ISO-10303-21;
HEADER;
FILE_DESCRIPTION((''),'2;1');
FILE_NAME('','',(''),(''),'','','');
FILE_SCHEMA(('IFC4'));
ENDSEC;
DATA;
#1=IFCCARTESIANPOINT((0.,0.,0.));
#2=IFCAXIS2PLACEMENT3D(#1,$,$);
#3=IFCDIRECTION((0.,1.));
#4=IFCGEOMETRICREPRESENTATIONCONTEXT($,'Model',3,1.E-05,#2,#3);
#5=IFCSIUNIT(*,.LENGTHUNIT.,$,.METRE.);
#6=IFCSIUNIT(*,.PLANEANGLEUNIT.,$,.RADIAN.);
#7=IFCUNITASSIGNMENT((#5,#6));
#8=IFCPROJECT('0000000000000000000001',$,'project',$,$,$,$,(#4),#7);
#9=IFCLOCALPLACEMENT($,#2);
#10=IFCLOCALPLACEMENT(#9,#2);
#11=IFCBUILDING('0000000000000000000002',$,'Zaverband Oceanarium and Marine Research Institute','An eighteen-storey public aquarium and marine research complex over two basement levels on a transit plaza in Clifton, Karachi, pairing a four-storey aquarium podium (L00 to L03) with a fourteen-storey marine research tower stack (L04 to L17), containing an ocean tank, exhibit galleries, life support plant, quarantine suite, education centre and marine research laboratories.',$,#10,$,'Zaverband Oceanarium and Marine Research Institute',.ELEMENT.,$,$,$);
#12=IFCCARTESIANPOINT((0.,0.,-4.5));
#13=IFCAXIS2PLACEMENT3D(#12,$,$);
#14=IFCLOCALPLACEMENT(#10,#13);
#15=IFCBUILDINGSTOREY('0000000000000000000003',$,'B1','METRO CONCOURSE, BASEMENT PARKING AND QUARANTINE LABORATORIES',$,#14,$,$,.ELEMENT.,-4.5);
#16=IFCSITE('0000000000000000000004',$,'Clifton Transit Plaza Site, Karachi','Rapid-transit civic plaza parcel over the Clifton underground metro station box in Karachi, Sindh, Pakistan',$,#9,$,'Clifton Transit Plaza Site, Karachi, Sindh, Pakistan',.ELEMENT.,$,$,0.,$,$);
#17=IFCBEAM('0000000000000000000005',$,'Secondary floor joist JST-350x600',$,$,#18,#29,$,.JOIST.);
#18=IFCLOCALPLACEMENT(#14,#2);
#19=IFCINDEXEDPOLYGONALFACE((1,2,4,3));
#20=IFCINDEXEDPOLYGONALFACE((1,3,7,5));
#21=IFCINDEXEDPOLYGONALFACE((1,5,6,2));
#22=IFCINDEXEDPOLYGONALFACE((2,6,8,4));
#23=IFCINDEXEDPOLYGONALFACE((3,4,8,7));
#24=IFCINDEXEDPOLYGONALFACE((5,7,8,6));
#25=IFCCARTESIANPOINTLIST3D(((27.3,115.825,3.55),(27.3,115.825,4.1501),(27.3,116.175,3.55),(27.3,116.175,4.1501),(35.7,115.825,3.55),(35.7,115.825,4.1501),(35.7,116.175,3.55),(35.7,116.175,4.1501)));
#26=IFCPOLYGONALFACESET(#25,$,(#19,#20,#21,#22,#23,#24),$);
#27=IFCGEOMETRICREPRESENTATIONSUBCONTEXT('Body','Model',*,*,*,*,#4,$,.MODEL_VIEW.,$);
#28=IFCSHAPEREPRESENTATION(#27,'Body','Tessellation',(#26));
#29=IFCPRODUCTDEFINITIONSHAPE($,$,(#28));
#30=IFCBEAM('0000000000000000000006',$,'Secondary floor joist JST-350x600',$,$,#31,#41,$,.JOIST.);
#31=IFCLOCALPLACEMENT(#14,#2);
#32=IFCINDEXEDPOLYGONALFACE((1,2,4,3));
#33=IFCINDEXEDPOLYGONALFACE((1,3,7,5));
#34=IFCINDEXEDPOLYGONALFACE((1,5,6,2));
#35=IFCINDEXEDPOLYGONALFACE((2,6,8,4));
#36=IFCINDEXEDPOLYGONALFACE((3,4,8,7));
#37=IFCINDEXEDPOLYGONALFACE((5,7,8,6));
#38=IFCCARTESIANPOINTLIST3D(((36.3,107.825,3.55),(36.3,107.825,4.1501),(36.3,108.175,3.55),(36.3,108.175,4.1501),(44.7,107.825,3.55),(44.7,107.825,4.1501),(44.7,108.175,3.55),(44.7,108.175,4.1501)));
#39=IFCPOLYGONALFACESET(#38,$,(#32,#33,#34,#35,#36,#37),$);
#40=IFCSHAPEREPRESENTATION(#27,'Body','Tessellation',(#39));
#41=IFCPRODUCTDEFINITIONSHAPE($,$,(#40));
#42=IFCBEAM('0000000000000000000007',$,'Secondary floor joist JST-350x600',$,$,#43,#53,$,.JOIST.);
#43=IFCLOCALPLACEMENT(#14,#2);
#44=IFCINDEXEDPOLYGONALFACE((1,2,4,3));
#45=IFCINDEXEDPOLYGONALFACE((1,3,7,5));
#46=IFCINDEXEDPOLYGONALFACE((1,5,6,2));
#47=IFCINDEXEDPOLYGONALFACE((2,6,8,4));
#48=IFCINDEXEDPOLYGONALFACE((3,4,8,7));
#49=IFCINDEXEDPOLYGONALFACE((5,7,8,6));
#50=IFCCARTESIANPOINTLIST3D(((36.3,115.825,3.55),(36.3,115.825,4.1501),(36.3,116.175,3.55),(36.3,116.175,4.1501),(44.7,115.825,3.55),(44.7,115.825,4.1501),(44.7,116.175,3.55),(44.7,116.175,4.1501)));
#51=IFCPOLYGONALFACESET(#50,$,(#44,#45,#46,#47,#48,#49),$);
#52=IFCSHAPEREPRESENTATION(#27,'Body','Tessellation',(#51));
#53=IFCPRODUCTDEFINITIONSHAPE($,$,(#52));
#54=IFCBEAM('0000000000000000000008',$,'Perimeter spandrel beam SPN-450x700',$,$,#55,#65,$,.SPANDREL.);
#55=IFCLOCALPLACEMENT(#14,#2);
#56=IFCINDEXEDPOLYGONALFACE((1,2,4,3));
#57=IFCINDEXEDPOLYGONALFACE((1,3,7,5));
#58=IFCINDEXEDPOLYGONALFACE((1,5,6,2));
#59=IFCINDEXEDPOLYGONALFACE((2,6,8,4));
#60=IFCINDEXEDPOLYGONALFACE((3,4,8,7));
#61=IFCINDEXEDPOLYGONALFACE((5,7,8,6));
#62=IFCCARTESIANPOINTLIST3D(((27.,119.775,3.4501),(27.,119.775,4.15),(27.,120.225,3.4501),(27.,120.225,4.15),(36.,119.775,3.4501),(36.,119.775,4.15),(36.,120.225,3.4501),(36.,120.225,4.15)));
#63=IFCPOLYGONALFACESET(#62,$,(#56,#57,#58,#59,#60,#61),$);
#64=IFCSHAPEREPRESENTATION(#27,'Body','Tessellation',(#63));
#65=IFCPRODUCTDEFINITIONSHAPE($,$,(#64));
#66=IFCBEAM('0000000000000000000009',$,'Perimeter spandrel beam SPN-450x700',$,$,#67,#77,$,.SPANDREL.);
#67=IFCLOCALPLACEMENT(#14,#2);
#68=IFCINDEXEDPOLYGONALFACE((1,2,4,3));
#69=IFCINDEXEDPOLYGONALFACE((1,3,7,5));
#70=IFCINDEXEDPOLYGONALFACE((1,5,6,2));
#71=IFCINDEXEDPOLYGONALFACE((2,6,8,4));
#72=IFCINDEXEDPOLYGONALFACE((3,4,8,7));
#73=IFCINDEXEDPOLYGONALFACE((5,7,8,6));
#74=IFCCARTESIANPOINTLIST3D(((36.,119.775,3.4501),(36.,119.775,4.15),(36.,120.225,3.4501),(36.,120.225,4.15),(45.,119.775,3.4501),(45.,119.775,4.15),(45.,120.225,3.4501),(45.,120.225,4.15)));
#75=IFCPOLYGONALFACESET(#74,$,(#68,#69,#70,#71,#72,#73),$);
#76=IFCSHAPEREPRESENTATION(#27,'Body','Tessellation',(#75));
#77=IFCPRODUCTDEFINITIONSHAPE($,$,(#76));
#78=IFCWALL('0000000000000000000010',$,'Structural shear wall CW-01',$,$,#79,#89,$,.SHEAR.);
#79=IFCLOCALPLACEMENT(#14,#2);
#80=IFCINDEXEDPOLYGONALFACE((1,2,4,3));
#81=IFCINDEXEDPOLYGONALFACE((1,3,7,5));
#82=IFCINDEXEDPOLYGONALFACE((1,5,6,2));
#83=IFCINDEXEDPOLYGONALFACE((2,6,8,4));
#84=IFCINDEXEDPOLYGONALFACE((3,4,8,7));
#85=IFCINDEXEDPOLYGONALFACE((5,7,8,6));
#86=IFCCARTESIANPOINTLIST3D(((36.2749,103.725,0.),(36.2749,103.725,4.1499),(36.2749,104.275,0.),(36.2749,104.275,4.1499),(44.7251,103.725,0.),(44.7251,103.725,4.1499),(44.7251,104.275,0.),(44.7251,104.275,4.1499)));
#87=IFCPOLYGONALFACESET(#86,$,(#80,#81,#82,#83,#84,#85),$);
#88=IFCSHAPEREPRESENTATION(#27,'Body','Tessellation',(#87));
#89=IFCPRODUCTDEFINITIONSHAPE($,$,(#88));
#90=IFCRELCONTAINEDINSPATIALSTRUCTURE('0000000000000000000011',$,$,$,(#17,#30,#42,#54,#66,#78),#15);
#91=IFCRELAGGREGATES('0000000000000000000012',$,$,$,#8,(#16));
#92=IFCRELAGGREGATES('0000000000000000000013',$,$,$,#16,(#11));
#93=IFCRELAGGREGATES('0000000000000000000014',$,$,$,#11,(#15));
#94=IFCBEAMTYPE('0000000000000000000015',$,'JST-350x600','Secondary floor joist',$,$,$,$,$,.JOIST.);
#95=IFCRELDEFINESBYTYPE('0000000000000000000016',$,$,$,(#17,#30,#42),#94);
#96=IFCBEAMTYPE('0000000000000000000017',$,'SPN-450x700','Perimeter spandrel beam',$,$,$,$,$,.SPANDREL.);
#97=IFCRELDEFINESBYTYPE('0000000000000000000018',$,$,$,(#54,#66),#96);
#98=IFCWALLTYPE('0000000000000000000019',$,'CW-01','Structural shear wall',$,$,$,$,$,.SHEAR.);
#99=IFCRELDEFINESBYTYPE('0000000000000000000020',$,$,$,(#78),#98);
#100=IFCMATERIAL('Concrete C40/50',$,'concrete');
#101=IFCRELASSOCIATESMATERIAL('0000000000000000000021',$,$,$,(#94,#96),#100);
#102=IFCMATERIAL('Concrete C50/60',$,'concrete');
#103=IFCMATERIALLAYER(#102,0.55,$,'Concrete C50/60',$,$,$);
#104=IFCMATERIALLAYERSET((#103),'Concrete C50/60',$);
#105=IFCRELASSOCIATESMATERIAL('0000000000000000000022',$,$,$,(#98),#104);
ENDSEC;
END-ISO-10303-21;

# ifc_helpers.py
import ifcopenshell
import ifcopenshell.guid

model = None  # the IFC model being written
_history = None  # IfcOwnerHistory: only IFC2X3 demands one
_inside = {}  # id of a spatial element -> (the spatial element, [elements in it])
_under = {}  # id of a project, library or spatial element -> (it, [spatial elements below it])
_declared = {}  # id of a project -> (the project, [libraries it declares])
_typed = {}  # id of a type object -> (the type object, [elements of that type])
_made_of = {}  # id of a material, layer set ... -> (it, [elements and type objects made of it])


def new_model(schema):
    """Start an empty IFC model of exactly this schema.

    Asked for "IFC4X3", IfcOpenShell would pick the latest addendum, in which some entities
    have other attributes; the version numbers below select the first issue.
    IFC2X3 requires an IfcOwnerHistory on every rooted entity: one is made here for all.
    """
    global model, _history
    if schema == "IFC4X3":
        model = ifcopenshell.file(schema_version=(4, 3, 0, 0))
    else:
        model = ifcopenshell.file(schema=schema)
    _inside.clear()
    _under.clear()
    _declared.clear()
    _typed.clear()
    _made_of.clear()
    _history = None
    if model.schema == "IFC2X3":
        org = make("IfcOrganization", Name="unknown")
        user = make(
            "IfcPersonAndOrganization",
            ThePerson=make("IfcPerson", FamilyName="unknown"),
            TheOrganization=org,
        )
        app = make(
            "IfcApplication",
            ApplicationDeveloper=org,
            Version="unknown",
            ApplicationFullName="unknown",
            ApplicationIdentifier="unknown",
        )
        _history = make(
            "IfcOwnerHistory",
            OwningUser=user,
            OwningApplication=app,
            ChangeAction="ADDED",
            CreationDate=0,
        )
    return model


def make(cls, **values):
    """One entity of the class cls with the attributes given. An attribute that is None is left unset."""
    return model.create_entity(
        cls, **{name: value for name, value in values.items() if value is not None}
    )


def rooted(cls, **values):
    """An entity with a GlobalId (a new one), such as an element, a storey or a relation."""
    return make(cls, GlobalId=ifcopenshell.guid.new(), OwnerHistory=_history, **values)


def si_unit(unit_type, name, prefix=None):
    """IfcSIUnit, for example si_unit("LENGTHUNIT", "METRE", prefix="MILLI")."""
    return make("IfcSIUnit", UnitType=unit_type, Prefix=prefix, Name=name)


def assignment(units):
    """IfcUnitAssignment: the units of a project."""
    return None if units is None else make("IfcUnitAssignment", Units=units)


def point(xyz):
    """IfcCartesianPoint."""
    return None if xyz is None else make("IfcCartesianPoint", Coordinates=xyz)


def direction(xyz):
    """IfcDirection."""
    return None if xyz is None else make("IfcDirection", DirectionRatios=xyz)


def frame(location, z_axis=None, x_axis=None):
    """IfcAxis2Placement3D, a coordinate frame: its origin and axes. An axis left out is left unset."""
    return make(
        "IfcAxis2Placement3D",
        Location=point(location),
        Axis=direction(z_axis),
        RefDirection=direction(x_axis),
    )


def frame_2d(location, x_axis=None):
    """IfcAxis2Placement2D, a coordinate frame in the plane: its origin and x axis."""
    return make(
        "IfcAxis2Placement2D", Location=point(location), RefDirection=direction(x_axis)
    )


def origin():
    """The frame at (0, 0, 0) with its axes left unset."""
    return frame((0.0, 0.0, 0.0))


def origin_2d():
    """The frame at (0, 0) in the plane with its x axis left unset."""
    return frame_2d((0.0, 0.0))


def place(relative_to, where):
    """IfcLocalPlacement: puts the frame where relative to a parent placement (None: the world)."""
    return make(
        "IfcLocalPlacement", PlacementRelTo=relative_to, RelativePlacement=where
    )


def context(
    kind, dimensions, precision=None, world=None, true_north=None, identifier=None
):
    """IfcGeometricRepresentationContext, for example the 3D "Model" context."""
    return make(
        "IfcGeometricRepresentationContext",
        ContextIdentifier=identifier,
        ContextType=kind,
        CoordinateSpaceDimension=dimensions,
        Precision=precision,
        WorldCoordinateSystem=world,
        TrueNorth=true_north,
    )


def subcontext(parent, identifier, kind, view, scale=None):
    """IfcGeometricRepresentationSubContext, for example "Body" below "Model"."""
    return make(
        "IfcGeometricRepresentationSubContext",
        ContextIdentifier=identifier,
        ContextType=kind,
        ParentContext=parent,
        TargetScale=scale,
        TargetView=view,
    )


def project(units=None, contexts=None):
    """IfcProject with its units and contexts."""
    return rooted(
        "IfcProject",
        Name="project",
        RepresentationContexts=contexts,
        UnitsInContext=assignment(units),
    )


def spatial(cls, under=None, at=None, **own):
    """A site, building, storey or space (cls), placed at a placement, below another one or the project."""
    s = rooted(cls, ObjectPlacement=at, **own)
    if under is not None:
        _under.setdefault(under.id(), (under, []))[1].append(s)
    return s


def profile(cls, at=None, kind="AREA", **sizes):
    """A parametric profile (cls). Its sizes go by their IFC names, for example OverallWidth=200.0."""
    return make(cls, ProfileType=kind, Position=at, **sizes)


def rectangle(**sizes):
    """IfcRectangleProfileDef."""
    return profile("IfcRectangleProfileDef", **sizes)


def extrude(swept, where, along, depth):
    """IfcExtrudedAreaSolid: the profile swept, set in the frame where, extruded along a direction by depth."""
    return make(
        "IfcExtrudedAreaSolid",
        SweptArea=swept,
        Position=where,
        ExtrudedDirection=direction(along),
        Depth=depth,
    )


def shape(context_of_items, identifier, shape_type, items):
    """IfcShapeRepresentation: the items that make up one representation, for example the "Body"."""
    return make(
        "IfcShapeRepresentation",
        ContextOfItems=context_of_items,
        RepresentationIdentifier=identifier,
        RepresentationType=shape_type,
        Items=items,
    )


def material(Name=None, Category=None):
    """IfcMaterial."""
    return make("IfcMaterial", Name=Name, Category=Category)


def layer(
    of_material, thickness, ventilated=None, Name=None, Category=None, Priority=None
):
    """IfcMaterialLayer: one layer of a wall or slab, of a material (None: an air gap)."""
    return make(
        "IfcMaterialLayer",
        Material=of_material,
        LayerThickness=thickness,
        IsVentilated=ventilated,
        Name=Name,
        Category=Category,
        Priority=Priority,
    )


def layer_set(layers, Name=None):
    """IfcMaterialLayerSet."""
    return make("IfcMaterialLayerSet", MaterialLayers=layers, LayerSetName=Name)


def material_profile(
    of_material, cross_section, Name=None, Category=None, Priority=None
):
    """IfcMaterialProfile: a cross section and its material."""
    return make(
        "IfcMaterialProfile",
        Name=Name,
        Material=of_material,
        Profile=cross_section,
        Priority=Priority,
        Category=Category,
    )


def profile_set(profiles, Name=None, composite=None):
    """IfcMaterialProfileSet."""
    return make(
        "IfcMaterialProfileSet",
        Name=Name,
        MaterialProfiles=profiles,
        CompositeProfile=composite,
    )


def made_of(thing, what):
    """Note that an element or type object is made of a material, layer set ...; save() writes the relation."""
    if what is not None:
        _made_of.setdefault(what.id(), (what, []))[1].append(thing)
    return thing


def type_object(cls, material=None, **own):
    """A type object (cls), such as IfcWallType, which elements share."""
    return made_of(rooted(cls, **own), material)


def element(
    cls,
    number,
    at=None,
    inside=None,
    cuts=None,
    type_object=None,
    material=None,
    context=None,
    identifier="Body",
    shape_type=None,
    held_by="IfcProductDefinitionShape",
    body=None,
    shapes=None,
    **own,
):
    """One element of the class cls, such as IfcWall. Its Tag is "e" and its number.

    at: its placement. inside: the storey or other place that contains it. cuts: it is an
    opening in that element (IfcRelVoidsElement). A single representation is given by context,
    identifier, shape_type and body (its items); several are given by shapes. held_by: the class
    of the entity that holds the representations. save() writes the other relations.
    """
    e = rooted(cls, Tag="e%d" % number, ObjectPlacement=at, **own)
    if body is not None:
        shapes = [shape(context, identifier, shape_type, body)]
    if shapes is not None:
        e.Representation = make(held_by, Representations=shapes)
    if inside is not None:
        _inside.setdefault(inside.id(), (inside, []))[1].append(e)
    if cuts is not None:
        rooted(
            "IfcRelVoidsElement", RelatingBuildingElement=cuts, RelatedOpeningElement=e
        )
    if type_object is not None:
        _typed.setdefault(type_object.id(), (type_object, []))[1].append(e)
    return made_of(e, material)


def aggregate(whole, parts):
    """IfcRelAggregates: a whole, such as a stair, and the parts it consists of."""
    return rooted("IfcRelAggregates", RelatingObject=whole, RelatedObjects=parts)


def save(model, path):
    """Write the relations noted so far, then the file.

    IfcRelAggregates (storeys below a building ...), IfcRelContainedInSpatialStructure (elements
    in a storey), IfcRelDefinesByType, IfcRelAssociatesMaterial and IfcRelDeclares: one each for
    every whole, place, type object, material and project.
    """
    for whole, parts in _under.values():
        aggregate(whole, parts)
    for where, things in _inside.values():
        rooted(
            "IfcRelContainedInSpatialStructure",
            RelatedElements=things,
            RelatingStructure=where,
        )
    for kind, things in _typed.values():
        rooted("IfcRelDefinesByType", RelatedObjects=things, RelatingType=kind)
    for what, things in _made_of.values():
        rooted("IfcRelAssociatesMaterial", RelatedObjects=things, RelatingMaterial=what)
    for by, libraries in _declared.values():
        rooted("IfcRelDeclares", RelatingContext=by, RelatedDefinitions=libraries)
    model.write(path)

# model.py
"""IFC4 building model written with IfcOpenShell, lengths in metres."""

from ifc_helpers import new_model, si_unit, direction, frame, frame_2d, origin, origin_2d, place, context, subcontext, project, spatial, rectangle, extrude, material, layer, layer_set, material_profile, profile_set, type_object, element, save


model = new_model("IFC4")

# Units and contexts
model_context = context("Model", 3, precision=1e-05, world=origin(), true_north=direction((0.0, 1.0)))
body_context = subcontext(model_context, "Body", "Model", "MODEL_VIEW")
ifc_project = project(units=[si_unit("LENGTHUNIT", "METRE"), si_unit("PLANEANGLEUNIT", "RADIAN")], contexts=[model_context])

# Site, building, storey
site_placement = place(None, origin())
site = spatial("IfcSite", under=ifc_project, at=site_placement, Name="Clifton Transit Plaza Site, Karachi", Description="Rapid-transit civic plaza parcel over the Clifton underground metro station box in Karachi, Sindh, Pakistan", LongName="Clifton Transit Plaza Site, Karachi, Sindh, Pakistan", CompositionType="ELEMENT", RefElevation=0.0)
building_placement = place(site_placement, origin())
building = spatial("IfcBuilding", under=site, at=building_placement, Name="Zaverband Oceanarium and Marine Research Institute", Description="An eighteen-storey public aquarium and marine research complex over two basement levels on a transit plaza in Clifton, Karachi, pairing a four-storey aquarium podium (L00 to L03) with a fourteen-storey marine research tower stack (L04 to L17), containing an ocean tank, exhibit galleries, life support plant, quarantine suite, education centre and marine research laboratories.", LongName="Zaverband Oceanarium and Marine Research Institute", CompositionType="ELEMENT")
storey_placement = place(building_placement, frame((0.0, 0.0, -4.5)))
storey = spatial("IfcBuildingStorey", under=building, at=storey_placement, Name="B1", Description="METRO CONCOURSE, BASEMENT PARKING AND QUARANTINE LABORATORIES", CompositionType="ELEMENT", Elevation=-4.5)

# Shared definitions
ifc_material_1 = material(Name="Concrete C50/60", Category="concrete")

# Beams
ifc_material_2 = material(Name="Concrete C40/50", Category="concrete")
ifc_material_profile_1 = material_profile(ifc_material_2, rectangle(XDim=0.3501, YDim=0.6001, at=origin_2d()), Name="RC350x600")
ifc_profile_set_1 = profile_set([ifc_material_profile_1], Name="Concrete C40/50")
beam_type_1 = type_object("IfcBeamType", Name="JST-350x600", Description="Secondary floor joist", PredefinedType="JOIST", material=ifc_profile_set_1)
for number, where, z_axis, x_axis, name in (
    (1, (27.3, 116.0, 3.8501), (1.0, 0.0, 0.0), (0.0, 1.0, 0.0), "Secondary floor joist JST-350x600"),
    (2, (36.3, 108.0, 3.8501), (1.0, 0.0, 0.0), (0.0, 1.0, 0.0), "Secondary floor joist JST-350x600"),
    (3, (36.3, 116.0, 3.8501), (1.0, 0.0, 0.0), (0.0, 1.0, 0.0), "Secondary floor joist JST-350x600"),
):
    element("IfcBeam", number, at=place(storey_placement, frame(where, z_axis=z_axis, x_axis=x_axis)), inside=storey, type_object=beam_type_1, Name=name, PredefinedType="JOIST", context=body_context, shape_type="SweptSolid", body=[
        extrude(rectangle(XDim=0.3501, YDim=0.6001, at=origin_2d()), origin(), (0.0, 0.0, 1.0), 8.3999),
    ])
ifc_material_profile_2 = material_profile(ifc_material_2, rectangle(XDim=0.45, YDim=0.7, at=origin_2d()), Name="RC450x700")
ifc_profile_set_2 = profile_set([ifc_material_profile_2], Name="Concrete C40/50")
beam_type_2 = type_object("IfcBeamType", Name="SPN-450x700", Description="Perimeter spandrel beam", PredefinedType="SPANDREL", material=ifc_profile_set_2)
for number, where, z_axis, x_axis, name in (
    (4, (27.0, 120.0, 3.8), (1.0, 0.0, 0.0), (0.0, 1.0, 0.0), "Perimeter spandrel beam SPN-450x700"),
    (5, (36.0, 120.0, 3.8), (1.0, 0.0, 0.0), (0.0, 1.0, 0.0), "Perimeter spandrel beam SPN-450x700"),
):
    element("IfcBeam", number, at=place(storey_placement, frame(where, z_axis=z_axis, x_axis=x_axis)), inside=storey, type_object=beam_type_2, Name=name, PredefinedType="SPANDREL", context=body_context, shape_type="SweptSolid", body=[
        extrude(rectangle(XDim=0.45, YDim=0.7, at=origin_2d()), origin(), (0.0, 0.0, 1.0), 9.0),
    ])

# Wall
ifc_layer = layer(ifc_material_1, 0.55, Name="Concrete C50/60")
ifc_layer_set = layer_set([ifc_layer], Name="Concrete C50/60")
wall_type = type_object("IfcWallType", Name="CW-01", Description="Structural shear wall", PredefinedType="SHEAR", material=ifc_layer_set)
wall_placement = place(storey_placement, frame((36.2749, 104.0, 0.0), z_axis=(0.0, 0.0, 1.0), x_axis=(1.0, 0.0, 0.0)))
element("IfcWall", 6, at=wall_placement, inside=storey, type_object=wall_type, Name="Structural shear wall CW-01", PredefinedType="SHEAR", context=body_context, shape_type="SweptSolid", body=[
    extrude(rectangle(XDim=8.4502, YDim=0.55, at=frame_2d((4.2251, 0.0))), origin(), (0.0, 0.0, 1.0), 4.1499),
])

save(model, "model.ifc")
